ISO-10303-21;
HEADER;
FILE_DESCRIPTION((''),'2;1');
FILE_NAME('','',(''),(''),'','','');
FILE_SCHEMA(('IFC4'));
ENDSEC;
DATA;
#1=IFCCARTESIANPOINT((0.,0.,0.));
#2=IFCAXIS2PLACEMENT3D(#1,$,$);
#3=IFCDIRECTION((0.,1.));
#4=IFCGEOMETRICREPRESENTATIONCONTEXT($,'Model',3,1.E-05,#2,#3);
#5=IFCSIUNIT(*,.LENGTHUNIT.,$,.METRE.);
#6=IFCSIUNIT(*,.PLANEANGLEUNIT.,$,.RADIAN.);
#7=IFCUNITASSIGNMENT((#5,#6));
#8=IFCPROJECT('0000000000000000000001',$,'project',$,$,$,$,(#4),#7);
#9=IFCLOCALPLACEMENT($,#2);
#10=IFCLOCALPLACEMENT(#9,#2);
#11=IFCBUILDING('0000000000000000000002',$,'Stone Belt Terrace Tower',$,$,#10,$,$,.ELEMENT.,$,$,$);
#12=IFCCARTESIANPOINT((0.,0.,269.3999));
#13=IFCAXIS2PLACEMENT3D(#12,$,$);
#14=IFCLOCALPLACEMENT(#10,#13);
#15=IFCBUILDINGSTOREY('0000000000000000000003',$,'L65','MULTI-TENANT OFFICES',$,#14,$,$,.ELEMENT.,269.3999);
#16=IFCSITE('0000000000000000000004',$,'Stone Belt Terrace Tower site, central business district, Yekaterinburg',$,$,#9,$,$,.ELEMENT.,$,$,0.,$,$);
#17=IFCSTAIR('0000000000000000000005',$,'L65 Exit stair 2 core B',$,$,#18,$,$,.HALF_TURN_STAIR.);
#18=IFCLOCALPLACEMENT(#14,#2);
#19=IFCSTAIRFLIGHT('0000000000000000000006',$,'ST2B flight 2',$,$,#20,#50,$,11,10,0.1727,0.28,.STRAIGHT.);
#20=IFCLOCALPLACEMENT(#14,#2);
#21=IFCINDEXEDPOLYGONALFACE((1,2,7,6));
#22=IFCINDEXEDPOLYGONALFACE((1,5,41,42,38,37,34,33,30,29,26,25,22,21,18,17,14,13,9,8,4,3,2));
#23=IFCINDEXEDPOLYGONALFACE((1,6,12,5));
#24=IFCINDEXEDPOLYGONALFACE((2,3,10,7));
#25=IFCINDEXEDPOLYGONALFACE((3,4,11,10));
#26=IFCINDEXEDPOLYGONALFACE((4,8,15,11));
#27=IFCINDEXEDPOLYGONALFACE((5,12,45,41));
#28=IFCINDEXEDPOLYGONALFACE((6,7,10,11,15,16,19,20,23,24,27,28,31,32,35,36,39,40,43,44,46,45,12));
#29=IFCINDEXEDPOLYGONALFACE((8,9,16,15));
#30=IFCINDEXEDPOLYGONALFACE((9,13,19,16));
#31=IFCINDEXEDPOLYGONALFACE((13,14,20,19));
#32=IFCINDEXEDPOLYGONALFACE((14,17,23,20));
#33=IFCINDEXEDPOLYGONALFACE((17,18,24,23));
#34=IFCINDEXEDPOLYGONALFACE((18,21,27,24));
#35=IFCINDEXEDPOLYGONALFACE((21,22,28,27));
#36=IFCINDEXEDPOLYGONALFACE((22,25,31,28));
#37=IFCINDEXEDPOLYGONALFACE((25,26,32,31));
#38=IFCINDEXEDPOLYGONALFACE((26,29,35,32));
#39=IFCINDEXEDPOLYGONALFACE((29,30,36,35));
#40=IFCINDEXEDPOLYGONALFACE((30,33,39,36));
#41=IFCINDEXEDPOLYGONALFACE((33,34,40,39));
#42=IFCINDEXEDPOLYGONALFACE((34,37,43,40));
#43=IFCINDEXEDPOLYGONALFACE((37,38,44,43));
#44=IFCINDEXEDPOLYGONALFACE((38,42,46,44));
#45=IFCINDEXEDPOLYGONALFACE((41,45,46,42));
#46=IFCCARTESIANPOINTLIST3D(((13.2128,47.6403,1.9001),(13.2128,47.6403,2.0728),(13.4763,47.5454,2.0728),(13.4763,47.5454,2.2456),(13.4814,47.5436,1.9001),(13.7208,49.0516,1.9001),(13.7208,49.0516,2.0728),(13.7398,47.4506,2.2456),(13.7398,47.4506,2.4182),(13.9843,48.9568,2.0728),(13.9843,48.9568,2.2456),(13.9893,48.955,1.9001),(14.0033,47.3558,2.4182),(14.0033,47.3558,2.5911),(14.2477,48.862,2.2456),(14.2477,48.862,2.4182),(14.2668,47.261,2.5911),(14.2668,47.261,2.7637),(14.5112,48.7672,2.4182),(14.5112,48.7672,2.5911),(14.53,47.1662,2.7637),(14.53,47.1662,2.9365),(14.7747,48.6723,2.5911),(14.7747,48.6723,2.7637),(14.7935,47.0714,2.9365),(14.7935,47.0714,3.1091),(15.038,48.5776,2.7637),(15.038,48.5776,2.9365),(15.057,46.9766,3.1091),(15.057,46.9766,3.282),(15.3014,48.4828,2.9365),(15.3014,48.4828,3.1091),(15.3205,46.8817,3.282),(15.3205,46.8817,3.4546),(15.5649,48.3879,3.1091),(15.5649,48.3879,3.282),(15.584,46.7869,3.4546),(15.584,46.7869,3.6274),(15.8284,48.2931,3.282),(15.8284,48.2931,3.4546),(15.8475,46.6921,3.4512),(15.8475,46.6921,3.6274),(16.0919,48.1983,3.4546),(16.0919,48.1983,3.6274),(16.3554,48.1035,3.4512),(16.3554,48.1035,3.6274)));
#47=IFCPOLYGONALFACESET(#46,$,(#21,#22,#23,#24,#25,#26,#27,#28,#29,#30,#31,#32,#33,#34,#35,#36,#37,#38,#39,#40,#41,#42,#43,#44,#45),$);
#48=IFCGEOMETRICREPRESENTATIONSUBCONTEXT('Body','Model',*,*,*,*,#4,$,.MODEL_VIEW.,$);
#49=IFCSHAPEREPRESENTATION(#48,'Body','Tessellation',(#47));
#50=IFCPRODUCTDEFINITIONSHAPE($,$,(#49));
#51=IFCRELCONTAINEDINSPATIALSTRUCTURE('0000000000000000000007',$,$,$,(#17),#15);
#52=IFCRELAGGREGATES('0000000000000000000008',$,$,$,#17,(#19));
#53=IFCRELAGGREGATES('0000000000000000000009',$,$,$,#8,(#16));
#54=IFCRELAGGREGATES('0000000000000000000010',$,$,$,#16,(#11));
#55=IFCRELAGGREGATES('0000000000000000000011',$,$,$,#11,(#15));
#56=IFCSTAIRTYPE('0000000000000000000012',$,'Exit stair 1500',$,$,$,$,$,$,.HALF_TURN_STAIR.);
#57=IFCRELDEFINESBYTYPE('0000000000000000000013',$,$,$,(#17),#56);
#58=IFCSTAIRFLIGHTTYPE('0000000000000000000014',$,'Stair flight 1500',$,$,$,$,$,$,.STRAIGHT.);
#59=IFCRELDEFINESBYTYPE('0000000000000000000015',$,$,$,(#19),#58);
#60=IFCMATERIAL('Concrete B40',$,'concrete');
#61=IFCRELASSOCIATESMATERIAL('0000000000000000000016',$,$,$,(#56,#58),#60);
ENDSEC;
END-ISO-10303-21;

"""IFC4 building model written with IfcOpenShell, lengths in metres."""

from ifc_helpers import new_model, si_unit, direction, frame, origin, place, context, subcontext, project, spatial, polyline, outline, extrude, material, type_object, element, aggregate, save


model = new_model("IFC4")

# Units and contexts
model_context = context("Model", 3, precision=1e-05, world=origin(), true_north=direction((0.0, 1.0)))
body_context = subcontext(model_context, "Body", "Model", "MODEL_VIEW")
ifc_project = project(units=[si_unit("LENGTHUNIT", "METRE"), si_unit("PLANEANGLEUNIT", "RADIAN")], contexts=[model_context])

# Site, building, storey
site_placement = place(None, origin())
site = spatial("IfcSite", under=ifc_project, at=site_placement, Name="Stone Belt Terrace Tower site, central business district, Yekaterinburg", CompositionType="ELEMENT", RefElevation=0.0)
building_placement = place(site_placement, origin())
building = spatial("IfcBuilding", under=site, at=building_placement, Name="Stone Belt Terrace Tower", CompositionType="ELEMENT")
storey_placement = place(building_placement, frame((0.0, 0.0, 269.3999)))
storey = spatial("IfcBuildingStorey", under=building, at=storey_placement, Name="L65", Description="MULTI-TENANT OFFICES", CompositionType="ELEMENT", Elevation=269.3999)

# Stair, stair flight
ifc_material_1 = material(Name="Concrete B40", Category="concrete")
stair_type = type_object("IfcStairType", Name="Exit stair 1500", PredefinedType="HALF_TURN_STAIR", material=ifc_material_1)
stair_placement = place(storey_placement, origin())
stair = element("IfcStair", 1, at=stair_placement, inside=storey, type_object=stair_type, Name="L65 Exit stair 2 core B", PredefinedType="HALF_TURN_STAIR")
stair_flight_type = type_object("IfcStairFlightType", Name="Stair flight 1500", PredefinedType="STRAIGHT", material=ifc_material_1)
stair_flight_1_placement = place(storey_placement, frame((13.4668, 48.3459, 1.9001), z_axis=(0.0, 0.0, 1.0), x_axis=(0.940922, -0.338624, 0.0)))
stair_flight_1 = element("IfcStairFlight", 2, at=stair_flight_1_placement, type_object=stair_flight_type, Name="ST2B flight 2", NumberOfRisers=11, NumberOfTreads=10, PredefinedType="STRAIGHT", RiserHeight=0.1727, TreadLength=0.28, context=body_context, shape_type="SweptSolid", body=[
    extrude(outline(polyline([(0.0, 0.0), (0.0, 0.1726), (0.28, 0.1726), (0.28, 0.3455), (0.5601, 0.3455), (0.5601, 0.5181), (0.8401, 0.5181), (0.8401, 0.6909), (1.1201, 0.6909), (1.1201, 0.8635), (1.3999, 0.8635), (1.3999, 1.0364), (1.6799, 1.0364), (1.6799, 1.209), (1.96, 1.209), (1.96, 1.3818), (2.24, 1.3818), (2.24, 1.5544), (2.52, 1.5544), (2.52, 1.7273), (2.8, 1.7273), (2.8, 1.8999), (2.8, 1.551), (0.2854, 0.0), (0.0, 0.0)])), frame((0.0, 0.75, 0.0), z_axis=(0.0, -1.0, 0.0), x_axis=(1.0, 0.0, 0.0)), (0.0, 0.0, 1.0), 1.5),
])
aggregate(stair, [stair_flight_1])

save(model, "model.ifc")
